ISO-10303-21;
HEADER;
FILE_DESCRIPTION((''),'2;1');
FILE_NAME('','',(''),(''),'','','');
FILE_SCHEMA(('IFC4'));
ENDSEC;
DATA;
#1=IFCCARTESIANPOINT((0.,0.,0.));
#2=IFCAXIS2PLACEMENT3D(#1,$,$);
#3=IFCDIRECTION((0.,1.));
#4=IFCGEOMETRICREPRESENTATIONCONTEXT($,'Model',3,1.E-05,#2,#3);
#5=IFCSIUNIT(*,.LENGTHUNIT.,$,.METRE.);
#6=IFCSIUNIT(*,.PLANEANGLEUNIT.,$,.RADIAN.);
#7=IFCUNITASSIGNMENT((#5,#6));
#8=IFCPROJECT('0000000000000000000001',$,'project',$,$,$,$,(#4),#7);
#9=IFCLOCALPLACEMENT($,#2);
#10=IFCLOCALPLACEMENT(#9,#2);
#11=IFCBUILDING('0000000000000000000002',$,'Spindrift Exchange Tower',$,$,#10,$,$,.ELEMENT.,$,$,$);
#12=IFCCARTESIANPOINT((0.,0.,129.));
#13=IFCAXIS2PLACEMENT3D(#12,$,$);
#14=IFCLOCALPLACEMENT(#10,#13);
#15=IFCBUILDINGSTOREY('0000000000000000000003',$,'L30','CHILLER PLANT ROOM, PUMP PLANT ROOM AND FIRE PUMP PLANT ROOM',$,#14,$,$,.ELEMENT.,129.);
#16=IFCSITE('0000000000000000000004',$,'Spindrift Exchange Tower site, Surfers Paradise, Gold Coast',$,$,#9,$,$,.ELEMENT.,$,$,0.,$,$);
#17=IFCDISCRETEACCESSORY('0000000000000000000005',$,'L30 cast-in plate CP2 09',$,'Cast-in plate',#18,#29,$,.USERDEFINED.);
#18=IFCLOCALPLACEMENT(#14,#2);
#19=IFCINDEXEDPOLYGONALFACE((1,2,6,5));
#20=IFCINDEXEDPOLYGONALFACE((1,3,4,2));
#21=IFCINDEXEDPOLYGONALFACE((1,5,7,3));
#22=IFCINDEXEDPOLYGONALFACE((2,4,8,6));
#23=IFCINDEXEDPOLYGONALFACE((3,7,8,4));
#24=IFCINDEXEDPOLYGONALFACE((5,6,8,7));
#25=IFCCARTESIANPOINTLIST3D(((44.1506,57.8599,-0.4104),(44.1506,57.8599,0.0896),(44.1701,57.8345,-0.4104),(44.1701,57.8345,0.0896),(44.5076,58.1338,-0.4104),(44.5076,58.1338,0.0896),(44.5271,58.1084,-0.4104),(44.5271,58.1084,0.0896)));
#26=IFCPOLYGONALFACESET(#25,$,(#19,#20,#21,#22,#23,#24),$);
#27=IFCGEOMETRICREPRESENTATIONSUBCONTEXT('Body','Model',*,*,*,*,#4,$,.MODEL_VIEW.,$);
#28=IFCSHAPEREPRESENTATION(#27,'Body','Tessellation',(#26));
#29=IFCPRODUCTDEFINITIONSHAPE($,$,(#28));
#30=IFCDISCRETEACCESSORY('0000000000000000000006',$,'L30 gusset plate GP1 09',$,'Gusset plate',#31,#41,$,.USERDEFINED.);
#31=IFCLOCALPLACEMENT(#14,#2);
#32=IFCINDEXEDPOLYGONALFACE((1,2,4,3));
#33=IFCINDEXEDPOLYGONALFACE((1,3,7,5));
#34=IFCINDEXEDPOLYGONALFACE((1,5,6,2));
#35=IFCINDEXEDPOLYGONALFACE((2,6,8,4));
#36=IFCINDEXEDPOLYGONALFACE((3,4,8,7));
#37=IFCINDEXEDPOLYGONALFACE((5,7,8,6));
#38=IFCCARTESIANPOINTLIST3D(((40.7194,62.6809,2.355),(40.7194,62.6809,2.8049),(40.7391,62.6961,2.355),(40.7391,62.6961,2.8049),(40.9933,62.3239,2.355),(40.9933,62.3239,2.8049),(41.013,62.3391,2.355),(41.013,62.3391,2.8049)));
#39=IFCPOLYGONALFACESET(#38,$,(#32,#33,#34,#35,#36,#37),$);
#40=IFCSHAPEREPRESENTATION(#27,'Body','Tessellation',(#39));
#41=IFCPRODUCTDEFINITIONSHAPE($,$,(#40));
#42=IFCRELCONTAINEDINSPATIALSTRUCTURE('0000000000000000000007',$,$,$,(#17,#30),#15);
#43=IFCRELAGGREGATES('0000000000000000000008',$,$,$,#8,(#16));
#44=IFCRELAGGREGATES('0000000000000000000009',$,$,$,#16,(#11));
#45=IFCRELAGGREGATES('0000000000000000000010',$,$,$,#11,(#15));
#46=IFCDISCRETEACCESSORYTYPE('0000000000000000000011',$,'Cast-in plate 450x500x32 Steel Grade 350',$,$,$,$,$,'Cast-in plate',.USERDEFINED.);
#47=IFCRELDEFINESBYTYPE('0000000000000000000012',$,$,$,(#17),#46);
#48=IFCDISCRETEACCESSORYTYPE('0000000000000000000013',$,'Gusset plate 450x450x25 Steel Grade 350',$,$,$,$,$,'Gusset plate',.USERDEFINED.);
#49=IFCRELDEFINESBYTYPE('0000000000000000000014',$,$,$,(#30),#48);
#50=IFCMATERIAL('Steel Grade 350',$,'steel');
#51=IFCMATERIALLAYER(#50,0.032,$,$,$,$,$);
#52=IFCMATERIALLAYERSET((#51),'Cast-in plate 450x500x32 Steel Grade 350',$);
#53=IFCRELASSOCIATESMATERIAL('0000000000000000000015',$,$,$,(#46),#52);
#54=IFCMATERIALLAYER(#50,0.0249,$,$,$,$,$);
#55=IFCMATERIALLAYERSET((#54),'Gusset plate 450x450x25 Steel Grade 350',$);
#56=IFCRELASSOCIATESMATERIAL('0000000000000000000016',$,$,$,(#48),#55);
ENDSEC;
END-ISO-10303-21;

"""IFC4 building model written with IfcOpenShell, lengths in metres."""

from ifc_helpers import new_model, si_unit, direction, frame, origin, origin_2d, place, context, subcontext, project, spatial, rectangle, extrude, source, transform, mapped, material, layer, layer_set, type_object, element, save


model = new_model("IFC4")

# Units and contexts
model_context = context("Model", 3, precision=1e-05, world=origin(), true_north=direction((0.0, 1.0)))
body_context = subcontext(model_context, "Body", "Model", "MODEL_VIEW")
ifc_project = project(units=[si_unit("LENGTHUNIT", "METRE"), si_unit("PLANEANGLEUNIT", "RADIAN")], contexts=[model_context])

# Site, building, storey
site_placement = place(None, origin())
site = spatial("IfcSite", under=ifc_project, at=site_placement, Name="Spindrift Exchange Tower site, Surfers Paradise, Gold Coast", CompositionType="ELEMENT", RefElevation=0.0)
building_placement = place(site_placement, origin())
building = spatial("IfcBuilding", under=site, at=building_placement, Name="Spindrift Exchange Tower", CompositionType="ELEMENT")
storey_placement = place(building_placement, frame((0.0, 0.0, 129.0)))
storey = spatial("IfcBuildingStorey", under=building, at=storey_placement, Name="L30", Description="CHILLER PLANT ROOM, PUMP PLANT ROOM AND FIRE PUMP PLANT ROOM", CompositionType="ELEMENT", Elevation=129.0)

# Discrete accessories
ifc_material_1 = material(Name="Steel Grade 350", Category="steel")
ifc_layer_1 = layer(ifc_material_1, 0.032)
ifc_layer_set_1 = layer_set([ifc_layer_1], Name="Cast-in plate 450x500x32 Steel Grade 350")
discrete_accessory_type_1 = type_object("IfcDiscreteAccessoryType", Name="Cast-in plate 450x500x32 Steel Grade 350", ElementType="Cast-in plate", PredefinedType="USERDEFINED", material=ifc_layer_set_1)
shared_shape_1 = source(origin(), body_context, "Body", "SweptSolid", [
    extrude(rectangle(XDim=0.032, YDim=0.45, at=origin_2d()), origin(), (0.0, 0.0, 1.0), 0.5),
])
for number, where, z_axis, x_axis, name in (
    (1, (44.3389, 57.9841, -0.4104), (0.0, 0.0, 1.0), (-0.608761, 0.793353, 0.0), "L30 cast-in plate CP2 09"),
):
    element("IfcDiscreteAccessory", number, at=place(storey_placement, frame(where, z_axis=z_axis, x_axis=x_axis)), inside=storey, type_object=discrete_accessory_type_1, Name=name, ObjectType="Cast-in plate", PredefinedType="USERDEFINED", context=body_context, shape_type="MappedRepresentation", body=[
        mapped(shared_shape_1, transform((0.0, 0.0, 0.0), scale=1.0)),
    ])
ifc_layer_2 = layer(ifc_material_1, 0.0249)
ifc_layer_set_2 = layer_set([ifc_layer_2], Name="Gusset plate 450x450x25 Steel Grade 350")
discrete_accessory_type_2 = type_object("IfcDiscreteAccessoryType", Name="Gusset plate 450x450x25 Steel Grade 350", ElementType="Gusset plate", PredefinedType="USERDEFINED", material=ifc_layer_set_2)
shared_shape_2 = source(origin(), body_context, "Body", "SweptSolid", [
    extrude(rectangle(XDim=0.45, YDim=0.0249, at=origin_2d()), origin(), (0.0, 0.0, 1.0), 0.45),
])
discrete_accessory_placement = place(storey_placement, frame((40.8662, 62.51, 2.355), z_axis=(0.0, 0.0, 1.0), x_axis=(-0.608759, 0.793355, 0.0)))
element("IfcDiscreteAccessory", 2, at=discrete_accessory_placement, inside=storey, type_object=discrete_accessory_type_2, Name="L30 gusset plate GP1 09", ObjectType="Gusset plate", PredefinedType="USERDEFINED", context=body_context, shape_type="MappedRepresentation", body=[
    mapped(shared_shape_2, transform((0.0, 0.0, 0.0), scale=1.0)),
])

save(model, "model.ifc")
